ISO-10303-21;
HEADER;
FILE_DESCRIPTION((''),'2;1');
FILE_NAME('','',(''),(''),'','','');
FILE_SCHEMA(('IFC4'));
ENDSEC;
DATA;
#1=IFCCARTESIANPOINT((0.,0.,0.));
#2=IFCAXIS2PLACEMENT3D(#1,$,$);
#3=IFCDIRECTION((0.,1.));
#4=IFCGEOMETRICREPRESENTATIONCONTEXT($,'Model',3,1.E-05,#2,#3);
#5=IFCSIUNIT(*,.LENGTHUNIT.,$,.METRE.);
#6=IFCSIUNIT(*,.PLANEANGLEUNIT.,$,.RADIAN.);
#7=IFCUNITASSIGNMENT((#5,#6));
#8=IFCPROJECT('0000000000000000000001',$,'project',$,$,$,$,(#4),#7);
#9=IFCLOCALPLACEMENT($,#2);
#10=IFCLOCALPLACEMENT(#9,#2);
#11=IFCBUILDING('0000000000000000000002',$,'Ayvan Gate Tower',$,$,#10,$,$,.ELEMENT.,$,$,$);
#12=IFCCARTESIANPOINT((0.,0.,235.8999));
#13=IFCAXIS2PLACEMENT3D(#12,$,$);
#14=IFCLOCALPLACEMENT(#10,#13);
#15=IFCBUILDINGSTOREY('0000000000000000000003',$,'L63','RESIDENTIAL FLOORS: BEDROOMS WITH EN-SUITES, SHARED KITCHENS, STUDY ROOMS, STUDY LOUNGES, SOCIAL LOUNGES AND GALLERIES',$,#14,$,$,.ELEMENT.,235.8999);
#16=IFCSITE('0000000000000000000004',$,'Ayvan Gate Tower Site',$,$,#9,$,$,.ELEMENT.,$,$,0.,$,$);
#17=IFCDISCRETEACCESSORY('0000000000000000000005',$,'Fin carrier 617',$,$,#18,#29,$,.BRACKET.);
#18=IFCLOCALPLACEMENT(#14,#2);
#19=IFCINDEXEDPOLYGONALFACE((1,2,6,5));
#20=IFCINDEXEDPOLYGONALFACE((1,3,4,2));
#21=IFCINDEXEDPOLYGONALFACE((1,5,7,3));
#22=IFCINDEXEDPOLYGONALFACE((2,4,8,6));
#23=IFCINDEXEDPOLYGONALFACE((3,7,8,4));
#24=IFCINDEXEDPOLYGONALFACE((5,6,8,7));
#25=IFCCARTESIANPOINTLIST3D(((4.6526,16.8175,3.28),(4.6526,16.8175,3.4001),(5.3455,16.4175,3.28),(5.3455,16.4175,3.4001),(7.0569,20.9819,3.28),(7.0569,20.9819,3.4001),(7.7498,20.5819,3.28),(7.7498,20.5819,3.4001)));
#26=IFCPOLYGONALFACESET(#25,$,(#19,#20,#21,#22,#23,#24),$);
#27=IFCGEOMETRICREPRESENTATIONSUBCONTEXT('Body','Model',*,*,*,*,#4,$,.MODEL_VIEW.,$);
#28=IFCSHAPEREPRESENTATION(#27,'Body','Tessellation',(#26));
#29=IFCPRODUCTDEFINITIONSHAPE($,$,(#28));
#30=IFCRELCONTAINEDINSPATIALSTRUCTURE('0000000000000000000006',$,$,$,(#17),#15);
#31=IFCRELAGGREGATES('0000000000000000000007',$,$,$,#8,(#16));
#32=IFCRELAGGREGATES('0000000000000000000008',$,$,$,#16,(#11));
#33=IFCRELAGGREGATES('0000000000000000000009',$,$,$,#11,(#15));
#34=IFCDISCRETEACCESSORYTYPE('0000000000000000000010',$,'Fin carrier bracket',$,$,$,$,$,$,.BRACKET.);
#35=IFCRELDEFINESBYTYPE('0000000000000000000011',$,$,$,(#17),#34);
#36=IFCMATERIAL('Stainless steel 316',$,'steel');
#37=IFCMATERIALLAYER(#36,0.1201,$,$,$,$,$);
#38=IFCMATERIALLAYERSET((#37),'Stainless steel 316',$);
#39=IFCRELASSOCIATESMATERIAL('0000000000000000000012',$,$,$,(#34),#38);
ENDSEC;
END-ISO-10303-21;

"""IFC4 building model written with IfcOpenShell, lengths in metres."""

from ifc_helpers import new_model, si_unit, direction, frame, origin, origin_2d, place, context, subcontext, project, spatial, rectangle, extrude, material, layer, layer_set, type_object, element, save


model = new_model("IFC4")

# Units and contexts
model_context = context("Model", 3, precision=1e-05, world=origin(), true_north=direction((0.0, 1.0)))
body_context = subcontext(model_context, "Body", "Model", "MODEL_VIEW")
ifc_project = project(units=[si_unit("LENGTHUNIT", "METRE"), si_unit("PLANEANGLEUNIT", "RADIAN")], contexts=[model_context])

# Site, building, storey
site_placement = place(None, origin())
site = spatial("IfcSite", under=ifc_project, at=site_placement, Name="Ayvan Gate Tower Site", CompositionType="ELEMENT", RefElevation=0.0)
building_placement = place(site_placement, origin())
building = spatial("IfcBuilding", under=site, at=building_placement, Name="Ayvan Gate Tower", CompositionType="ELEMENT")
storey_placement = place(building_placement, frame((0.0, 0.0, 235.8999)))
storey = spatial("IfcBuildingStorey", under=building, at=storey_placement, Name="L63", Description="RESIDENTIAL FLOORS: BEDROOMS WITH EN-SUITES, SHARED KITCHENS, STUDY ROOMS, STUDY LOUNGES, SOCIAL LOUNGES AND GALLERIES", CompositionType="ELEMENT", Elevation=235.8999)

# Discrete accessory
ifc_material_1 = material(Name="Stainless steel 316", Category="steel")
ifc_layer_1 = layer(ifc_material_1, 0.1201)
ifc_layer_set_1 = layer_set([ifc_layer_1], Name="Stainless steel 316")
discrete_accessory_type = type_object("IfcDiscreteAccessoryType", Name="Fin carrier bracket", PredefinedType="BRACKET", material=ifc_layer_set_1)
discrete_accessory_1_placement = place(storey_placement, frame((6.2012, 18.6997, 3.28), z_axis=(0.0, 0.0, 1.0), x_axis=(-0.866025, 0.5, 0.0)))
element("IfcDiscreteAccessory", 1, at=discrete_accessory_1_placement, inside=storey, type_object=discrete_accessory_type, Name="Fin carrier 617", PredefinedType="BRACKET", context=body_context, shape_type="SweptSolid", body=[
    extrude(rectangle(XDim=0.8, YDim=4.8086, at=origin_2d()), origin(), (0.0, 0.0, 1.0), 0.1201),
])

save(model, "model.ifc")
